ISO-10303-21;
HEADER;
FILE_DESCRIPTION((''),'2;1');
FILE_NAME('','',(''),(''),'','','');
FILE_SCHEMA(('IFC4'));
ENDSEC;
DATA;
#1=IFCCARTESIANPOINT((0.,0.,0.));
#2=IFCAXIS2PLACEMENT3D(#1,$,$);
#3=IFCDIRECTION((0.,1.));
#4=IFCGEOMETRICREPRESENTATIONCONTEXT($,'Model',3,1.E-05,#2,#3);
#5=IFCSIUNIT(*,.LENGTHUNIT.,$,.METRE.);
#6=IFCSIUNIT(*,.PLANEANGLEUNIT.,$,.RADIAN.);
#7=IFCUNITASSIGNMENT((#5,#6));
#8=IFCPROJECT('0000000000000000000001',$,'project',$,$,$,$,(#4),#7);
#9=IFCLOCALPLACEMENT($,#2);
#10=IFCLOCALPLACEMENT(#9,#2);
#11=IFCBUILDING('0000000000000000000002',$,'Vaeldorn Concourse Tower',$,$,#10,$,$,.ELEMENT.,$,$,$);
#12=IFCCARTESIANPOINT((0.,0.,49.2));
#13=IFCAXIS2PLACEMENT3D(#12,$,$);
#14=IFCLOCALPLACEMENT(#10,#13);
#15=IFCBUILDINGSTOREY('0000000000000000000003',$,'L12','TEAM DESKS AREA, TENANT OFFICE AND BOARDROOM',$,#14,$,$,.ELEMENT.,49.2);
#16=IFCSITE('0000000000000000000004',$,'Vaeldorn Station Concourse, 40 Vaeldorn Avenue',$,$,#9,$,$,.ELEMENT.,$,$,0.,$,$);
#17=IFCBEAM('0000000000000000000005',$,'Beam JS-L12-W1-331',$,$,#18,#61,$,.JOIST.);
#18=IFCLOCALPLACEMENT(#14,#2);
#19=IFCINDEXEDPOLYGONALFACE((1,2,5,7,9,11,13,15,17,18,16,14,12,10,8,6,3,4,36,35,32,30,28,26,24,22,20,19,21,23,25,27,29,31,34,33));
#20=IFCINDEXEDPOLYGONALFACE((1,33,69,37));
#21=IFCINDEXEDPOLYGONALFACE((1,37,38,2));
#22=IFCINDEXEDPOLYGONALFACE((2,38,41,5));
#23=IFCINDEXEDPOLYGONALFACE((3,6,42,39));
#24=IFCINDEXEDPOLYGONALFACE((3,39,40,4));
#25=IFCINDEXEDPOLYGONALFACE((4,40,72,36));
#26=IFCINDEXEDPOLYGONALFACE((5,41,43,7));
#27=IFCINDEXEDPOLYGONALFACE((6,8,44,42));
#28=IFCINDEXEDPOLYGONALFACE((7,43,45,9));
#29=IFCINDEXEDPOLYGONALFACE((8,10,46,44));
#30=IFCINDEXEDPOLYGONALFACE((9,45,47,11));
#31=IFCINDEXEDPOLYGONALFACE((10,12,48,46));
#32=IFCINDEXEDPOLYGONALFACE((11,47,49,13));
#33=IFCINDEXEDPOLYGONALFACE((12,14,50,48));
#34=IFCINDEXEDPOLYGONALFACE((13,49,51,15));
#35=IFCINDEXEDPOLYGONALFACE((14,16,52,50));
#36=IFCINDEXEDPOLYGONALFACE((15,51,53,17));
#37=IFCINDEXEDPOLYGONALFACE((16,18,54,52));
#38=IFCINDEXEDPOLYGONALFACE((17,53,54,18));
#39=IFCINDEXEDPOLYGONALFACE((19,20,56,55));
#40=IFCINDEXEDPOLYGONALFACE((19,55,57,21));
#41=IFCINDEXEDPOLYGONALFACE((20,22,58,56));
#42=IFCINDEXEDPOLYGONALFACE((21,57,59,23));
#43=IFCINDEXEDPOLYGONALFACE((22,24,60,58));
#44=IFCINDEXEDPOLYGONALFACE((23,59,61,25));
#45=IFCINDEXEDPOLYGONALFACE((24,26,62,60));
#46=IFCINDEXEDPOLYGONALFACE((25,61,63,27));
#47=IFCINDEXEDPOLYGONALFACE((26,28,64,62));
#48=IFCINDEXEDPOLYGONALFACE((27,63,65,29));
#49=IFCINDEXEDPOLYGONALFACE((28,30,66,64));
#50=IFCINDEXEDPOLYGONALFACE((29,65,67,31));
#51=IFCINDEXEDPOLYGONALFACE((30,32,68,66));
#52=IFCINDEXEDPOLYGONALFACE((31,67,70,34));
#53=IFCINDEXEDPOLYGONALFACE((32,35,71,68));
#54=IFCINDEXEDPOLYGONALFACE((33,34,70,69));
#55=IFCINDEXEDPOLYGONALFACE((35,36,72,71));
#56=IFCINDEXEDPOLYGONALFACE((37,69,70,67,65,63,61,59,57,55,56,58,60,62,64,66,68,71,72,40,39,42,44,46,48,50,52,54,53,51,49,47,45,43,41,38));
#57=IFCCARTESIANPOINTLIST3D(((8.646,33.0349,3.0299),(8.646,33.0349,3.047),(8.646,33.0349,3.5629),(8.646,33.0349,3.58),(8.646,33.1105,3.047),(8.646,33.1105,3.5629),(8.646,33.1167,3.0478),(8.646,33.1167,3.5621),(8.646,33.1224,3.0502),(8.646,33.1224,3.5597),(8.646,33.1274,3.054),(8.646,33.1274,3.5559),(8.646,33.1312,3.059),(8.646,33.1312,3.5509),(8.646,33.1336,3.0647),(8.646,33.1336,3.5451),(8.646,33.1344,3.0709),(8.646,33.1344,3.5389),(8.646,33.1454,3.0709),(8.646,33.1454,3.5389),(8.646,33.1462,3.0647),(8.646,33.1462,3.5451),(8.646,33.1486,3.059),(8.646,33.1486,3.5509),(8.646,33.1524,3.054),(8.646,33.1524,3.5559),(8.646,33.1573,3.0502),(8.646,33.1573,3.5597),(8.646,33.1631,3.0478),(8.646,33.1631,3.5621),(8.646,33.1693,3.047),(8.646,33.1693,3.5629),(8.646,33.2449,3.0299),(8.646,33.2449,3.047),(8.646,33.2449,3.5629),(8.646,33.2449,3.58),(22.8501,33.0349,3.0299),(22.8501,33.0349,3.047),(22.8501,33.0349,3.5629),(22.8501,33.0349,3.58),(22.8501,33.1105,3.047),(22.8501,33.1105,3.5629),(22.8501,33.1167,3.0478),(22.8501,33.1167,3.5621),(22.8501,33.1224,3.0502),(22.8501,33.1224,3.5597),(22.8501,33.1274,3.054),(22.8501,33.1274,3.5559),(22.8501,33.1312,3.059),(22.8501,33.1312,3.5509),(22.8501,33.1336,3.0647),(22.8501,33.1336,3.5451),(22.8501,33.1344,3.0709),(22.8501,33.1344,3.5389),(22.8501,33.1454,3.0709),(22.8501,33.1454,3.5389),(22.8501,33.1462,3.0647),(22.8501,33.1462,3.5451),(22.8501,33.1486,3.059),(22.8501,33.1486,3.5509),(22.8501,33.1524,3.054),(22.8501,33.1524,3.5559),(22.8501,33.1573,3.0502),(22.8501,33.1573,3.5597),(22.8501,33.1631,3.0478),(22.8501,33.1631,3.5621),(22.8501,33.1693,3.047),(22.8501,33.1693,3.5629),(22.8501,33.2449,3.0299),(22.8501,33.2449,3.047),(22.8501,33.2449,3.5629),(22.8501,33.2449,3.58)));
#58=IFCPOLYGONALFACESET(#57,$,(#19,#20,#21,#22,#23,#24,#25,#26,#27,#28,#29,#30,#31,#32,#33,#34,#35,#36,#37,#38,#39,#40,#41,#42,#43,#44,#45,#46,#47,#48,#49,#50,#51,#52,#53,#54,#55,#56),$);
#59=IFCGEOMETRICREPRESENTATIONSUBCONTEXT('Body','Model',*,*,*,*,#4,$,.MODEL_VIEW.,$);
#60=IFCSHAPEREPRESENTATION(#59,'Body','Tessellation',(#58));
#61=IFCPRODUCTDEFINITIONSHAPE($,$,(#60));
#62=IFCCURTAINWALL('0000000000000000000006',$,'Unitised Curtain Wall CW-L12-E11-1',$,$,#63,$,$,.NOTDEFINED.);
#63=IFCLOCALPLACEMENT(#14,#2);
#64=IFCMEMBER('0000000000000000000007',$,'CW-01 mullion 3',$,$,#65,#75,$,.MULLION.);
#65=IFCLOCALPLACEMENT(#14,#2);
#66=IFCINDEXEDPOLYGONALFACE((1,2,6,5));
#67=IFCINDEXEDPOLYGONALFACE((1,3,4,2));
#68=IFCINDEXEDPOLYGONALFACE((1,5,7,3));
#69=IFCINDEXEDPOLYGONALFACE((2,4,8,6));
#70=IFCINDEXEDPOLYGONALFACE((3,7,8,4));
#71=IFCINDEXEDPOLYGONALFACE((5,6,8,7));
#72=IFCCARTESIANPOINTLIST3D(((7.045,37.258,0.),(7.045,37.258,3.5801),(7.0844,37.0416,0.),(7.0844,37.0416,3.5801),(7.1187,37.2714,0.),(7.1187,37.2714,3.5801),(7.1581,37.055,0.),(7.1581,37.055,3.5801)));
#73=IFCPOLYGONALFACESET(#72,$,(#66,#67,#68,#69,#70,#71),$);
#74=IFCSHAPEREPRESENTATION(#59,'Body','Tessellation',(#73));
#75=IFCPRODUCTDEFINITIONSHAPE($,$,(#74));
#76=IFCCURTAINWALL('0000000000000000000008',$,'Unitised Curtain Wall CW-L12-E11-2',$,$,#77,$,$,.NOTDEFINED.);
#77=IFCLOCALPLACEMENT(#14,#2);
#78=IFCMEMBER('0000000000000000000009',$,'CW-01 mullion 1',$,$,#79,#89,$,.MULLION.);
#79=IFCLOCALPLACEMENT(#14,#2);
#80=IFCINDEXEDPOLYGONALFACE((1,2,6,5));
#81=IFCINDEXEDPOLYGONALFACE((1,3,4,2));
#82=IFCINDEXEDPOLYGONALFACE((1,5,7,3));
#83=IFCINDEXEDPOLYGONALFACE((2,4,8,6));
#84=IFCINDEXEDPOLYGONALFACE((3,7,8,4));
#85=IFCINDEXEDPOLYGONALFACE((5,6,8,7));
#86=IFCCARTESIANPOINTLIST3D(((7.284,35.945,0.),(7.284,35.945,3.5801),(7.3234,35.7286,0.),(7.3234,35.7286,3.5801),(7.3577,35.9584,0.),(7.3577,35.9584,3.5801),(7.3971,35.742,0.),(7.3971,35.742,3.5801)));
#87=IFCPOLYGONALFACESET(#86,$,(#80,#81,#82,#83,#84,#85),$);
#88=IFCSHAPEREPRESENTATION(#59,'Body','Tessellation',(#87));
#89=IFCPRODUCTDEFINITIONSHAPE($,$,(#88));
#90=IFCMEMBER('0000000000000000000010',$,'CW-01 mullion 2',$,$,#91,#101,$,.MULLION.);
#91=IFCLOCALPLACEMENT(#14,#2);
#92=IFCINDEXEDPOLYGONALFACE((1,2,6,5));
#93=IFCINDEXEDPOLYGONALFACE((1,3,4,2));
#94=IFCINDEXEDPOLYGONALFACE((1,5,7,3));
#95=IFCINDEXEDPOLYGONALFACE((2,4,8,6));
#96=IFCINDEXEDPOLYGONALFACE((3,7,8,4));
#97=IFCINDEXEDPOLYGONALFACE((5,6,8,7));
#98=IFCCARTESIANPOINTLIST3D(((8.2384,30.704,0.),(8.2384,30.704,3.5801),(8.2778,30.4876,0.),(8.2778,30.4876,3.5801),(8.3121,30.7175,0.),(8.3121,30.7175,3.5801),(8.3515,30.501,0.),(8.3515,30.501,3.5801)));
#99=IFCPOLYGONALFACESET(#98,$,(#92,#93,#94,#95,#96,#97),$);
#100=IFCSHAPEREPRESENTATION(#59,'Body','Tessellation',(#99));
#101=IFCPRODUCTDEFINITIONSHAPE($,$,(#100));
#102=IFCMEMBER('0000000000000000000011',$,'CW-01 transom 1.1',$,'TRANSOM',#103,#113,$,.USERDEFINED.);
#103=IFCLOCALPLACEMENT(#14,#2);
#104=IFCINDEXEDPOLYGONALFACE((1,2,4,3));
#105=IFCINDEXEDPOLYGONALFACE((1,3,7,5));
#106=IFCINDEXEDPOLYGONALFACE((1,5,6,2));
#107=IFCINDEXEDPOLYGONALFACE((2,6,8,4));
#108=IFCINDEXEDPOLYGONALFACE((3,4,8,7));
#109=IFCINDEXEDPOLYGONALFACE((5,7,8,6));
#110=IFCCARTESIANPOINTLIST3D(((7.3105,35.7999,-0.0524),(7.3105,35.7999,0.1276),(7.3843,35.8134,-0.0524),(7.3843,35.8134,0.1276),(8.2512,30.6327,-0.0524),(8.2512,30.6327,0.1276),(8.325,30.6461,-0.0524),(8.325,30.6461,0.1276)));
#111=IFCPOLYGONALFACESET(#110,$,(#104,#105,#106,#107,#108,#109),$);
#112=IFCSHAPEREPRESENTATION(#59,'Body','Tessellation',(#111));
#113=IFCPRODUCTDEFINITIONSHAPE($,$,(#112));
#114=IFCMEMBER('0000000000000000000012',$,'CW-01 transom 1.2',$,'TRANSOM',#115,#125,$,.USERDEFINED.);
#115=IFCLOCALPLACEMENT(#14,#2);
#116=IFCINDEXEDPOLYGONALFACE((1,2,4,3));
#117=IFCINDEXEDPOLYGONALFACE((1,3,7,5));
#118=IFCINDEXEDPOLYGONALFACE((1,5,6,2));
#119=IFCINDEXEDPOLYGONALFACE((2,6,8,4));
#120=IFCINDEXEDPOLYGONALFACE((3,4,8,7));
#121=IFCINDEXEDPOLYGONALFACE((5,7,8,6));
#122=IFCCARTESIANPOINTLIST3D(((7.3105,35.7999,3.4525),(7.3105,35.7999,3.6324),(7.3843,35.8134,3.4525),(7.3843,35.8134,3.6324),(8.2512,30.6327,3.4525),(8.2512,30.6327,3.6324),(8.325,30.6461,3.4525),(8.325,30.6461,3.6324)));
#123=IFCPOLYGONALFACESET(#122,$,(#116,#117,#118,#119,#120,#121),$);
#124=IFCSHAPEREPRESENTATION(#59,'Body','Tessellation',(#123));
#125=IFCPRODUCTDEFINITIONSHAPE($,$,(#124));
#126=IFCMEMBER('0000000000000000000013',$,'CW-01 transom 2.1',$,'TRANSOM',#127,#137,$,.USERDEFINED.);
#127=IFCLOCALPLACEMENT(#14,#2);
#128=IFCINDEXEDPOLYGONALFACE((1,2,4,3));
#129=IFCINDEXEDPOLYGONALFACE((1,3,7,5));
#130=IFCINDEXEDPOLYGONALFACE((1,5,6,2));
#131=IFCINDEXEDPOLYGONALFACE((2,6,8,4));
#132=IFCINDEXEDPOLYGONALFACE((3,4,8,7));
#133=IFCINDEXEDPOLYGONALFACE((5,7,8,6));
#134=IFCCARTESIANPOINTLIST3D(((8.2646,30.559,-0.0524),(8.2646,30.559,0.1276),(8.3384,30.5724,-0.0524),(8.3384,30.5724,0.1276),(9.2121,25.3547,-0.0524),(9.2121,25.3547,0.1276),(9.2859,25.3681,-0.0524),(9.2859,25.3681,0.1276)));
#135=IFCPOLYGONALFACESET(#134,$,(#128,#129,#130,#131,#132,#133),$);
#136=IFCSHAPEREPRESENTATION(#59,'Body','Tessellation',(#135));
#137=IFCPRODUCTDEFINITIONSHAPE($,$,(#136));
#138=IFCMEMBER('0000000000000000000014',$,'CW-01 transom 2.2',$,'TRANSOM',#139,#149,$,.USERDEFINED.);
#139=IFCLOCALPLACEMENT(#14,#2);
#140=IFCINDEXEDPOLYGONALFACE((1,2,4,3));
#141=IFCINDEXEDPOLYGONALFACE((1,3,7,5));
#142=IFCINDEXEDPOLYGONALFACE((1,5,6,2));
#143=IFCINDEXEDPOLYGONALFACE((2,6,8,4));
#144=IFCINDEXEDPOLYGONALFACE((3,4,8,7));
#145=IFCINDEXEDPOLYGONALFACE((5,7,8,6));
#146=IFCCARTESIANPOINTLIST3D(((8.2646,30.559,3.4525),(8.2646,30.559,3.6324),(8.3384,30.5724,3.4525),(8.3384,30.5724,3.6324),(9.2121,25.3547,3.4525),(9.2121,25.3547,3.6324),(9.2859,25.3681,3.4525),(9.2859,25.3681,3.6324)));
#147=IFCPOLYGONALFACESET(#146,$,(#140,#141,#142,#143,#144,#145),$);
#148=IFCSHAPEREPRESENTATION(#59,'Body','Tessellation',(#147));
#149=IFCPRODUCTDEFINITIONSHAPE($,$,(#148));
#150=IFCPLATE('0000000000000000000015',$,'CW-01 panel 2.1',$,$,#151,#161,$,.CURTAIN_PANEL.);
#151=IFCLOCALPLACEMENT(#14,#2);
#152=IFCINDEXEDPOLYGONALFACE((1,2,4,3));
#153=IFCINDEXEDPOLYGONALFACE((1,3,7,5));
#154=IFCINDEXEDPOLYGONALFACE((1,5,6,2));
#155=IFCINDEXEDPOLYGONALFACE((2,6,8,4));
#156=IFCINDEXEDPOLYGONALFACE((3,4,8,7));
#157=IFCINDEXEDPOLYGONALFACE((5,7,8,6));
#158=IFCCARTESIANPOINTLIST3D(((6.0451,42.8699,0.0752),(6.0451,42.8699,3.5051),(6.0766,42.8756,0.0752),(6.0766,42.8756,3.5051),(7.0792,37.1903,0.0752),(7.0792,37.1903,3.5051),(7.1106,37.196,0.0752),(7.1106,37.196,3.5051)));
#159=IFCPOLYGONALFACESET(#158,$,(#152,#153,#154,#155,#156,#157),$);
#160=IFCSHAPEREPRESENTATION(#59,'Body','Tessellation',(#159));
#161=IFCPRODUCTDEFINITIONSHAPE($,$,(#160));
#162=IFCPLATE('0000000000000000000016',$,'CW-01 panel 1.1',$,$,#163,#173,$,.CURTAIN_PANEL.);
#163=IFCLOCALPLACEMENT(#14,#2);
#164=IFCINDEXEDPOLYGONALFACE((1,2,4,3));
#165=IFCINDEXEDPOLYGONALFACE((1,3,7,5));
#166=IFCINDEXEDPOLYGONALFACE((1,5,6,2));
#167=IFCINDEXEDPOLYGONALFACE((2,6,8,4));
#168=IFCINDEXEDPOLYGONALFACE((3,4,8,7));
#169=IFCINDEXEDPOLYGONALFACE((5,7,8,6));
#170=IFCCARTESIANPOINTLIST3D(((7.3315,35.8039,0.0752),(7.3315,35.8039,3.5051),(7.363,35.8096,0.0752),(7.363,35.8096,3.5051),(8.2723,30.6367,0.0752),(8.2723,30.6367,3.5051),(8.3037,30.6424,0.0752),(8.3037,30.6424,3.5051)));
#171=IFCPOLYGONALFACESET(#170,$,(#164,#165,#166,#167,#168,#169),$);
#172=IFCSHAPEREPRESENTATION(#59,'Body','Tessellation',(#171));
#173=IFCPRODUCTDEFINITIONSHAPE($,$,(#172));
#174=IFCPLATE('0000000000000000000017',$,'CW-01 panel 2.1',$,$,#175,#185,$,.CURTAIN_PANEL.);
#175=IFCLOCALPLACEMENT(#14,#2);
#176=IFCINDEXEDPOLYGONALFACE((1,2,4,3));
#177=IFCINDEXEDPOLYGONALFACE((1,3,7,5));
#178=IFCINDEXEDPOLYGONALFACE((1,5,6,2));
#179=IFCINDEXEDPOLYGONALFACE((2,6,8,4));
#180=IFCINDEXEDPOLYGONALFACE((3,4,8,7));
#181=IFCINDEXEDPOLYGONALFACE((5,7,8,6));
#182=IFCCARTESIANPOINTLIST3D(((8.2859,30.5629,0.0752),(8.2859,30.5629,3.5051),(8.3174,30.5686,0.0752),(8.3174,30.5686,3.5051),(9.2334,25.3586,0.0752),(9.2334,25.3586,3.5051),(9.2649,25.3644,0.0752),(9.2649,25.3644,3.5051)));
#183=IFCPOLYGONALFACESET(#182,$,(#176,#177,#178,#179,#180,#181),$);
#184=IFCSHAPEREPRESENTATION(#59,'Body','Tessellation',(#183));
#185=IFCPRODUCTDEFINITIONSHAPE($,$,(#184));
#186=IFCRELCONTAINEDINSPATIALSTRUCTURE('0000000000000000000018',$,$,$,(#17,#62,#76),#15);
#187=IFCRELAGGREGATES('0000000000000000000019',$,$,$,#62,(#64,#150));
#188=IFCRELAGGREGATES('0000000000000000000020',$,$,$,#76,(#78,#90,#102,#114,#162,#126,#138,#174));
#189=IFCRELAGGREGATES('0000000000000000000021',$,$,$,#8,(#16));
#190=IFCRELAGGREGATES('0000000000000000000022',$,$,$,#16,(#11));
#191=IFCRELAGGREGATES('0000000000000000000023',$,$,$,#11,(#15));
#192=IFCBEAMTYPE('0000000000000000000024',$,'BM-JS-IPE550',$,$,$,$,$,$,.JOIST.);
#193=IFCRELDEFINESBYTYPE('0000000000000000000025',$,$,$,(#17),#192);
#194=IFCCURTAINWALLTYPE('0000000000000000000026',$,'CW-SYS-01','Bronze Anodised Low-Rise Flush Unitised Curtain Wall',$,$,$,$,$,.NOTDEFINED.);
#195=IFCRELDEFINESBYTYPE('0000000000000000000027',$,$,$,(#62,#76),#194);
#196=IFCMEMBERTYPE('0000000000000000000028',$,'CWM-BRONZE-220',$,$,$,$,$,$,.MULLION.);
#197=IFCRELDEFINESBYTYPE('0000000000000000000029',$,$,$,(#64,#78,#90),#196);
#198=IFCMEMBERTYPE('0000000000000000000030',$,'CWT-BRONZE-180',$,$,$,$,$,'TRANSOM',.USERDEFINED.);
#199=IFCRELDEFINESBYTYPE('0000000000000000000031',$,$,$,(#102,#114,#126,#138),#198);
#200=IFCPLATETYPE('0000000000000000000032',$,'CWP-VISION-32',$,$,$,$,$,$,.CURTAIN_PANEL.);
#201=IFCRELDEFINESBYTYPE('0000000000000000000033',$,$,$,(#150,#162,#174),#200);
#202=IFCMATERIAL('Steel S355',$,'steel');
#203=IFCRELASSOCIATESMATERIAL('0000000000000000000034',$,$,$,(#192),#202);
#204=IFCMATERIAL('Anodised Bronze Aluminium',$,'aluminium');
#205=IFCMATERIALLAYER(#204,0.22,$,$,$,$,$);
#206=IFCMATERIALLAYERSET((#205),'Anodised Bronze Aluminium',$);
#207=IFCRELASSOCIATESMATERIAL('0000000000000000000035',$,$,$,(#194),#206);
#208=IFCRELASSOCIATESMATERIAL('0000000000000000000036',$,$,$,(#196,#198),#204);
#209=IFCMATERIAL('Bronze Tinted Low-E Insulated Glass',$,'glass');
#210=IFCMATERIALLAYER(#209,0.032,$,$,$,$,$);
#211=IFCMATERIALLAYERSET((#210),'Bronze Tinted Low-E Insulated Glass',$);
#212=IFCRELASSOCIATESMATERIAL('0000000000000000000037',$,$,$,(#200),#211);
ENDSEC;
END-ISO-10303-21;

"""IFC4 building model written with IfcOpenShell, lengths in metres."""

from ifc_helpers import new_model, si_unit, direction, frame, origin, origin_2d, place, context, subcontext, project, spatial, rectangle, i_section, extrude, source, transform, mapped, material, layer, layer_set, material_profile, profile_set, type_object, element, aggregate, save


model = new_model("IFC4")

# Units and contexts
model_context = context("Model", 3, precision=1e-05, world=origin(), true_north=direction((0.0, 1.0)))
body_context = subcontext(model_context, "Body", "Model", "MODEL_VIEW")
ifc_project = project(units=[si_unit("LENGTHUNIT", "METRE"), si_unit("PLANEANGLEUNIT", "RADIAN")], contexts=[model_context])

# Site, building, storey
site_placement = place(None, origin())
site = spatial("IfcSite", under=ifc_project, at=site_placement, Name="Vaeldorn Station Concourse, 40 Vaeldorn Avenue", CompositionType="ELEMENT", RefElevation=0.0)
building_placement = place(site_placement, origin())
building = spatial("IfcBuilding", under=site, at=building_placement, Name="Vaeldorn Concourse Tower", CompositionType="ELEMENT")
storey_placement = place(building_placement, frame((0.0, 0.0, 49.2)))
storey = spatial("IfcBuildingStorey", under=building, at=storey_placement, Name="L12", Description="TEAM DESKS AREA, TENANT OFFICE AND BOARDROOM", CompositionType="ELEMENT", Elevation=49.2)

# Beam
ifc_material_1 = material(Name="Steel S355", Category="steel")
ifc_material_profile_1 = material_profile(ifc_material_1, i_section(OverallWidth=0.21, OverallDepth=0.55, WebThickness=0.011, FlangeThickness=0.0171, FilletRadius=0.0239, at=origin_2d()), Name="IPE 550")
ifc_profile_set_1 = profile_set([ifc_material_profile_1], Name="Steel S355")
beam_type_1 = type_object("IfcBeamType", Name="BM-JS-IPE550", PredefinedType="JOIST", material=ifc_profile_set_1)
shared_shape_1 = source(origin(), body_context, "Body", "SweptSolid", [
    extrude(i_section(OverallWidth=0.21, OverallDepth=0.55, WebThickness=0.011, FlangeThickness=0.0171, FilletRadius=0.0239, at=origin_2d()), origin(), (0.0, 0.0, 1.0), 14.2041),
])
beam_1_placement = place(storey_placement, frame((8.646, 33.1399, 3.3049), z_axis=(1.0, 0.0, 0.0), x_axis=(0.0, 1.0, 0.0)))
element("IfcBeam", 1, at=beam_1_placement, inside=storey, type_object=beam_type_1, Name="Beam JS-L12-W1-331", PredefinedType="JOIST", context=body_context, shape_type="MappedRepresentation", body=[
    mapped(shared_shape_1, transform((0.0, 0.0, 0.0), scale=1.0)),
])

# Curtain wall, member
ifc_material_2 = material(Name="Anodised Bronze Aluminium", Category="aluminium")
ifc_layer_1 = layer(ifc_material_2, 0.22)
ifc_layer_set_1 = layer_set([ifc_layer_1], Name="Anodised Bronze Aluminium")
curtain_wall_type = type_object("IfcCurtainWallType", Name="CW-SYS-01", Description="Bronze Anodised Low-Rise Flush Unitised Curtain Wall", PredefinedType="NOTDEFINED", material=ifc_layer_set_1)
curtain_wall_1_placement = place(storey_placement, origin())
curtain_wall_1 = element("IfcCurtainWall", 2, at=curtain_wall_1_placement, inside=storey, type_object=curtain_wall_type, Name="Unitised Curtain Wall CW-L12-E11-1", PredefinedType="NOTDEFINED")
ifc_material_profile_2 = material_profile(ifc_material_2, rectangle(XDim=0.075, YDim=0.22, at=origin_2d()), Name="CWM 75x220")
ifc_profile_set_2 = profile_set([ifc_material_profile_2], Name="Anodised Bronze Aluminium")
member_type_1 = type_object("IfcMemberType", Name="CWM-BRONZE-220", PredefinedType="MULLION", material=ifc_profile_set_2)
shared_shape_2 = source(origin(), body_context, "Body", "SweptSolid", [
    extrude(rectangle(XDim=0.075, YDim=0.22, at=origin_2d()), origin(), (0.0, 0.0, 1.0), 3.5801),
])
member_1_placement = place(storey_placement, frame((7.1016, 37.1565, 0.0), z_axis=(0.0, 0.0, 1.0), x_axis=(0.983827, 0.17912, 0.0)))
member_1 = element("IfcMember", 3, at=member_1_placement, type_object=member_type_1, Name="CW-01 mullion 3", PredefinedType="MULLION", context=body_context, shape_type="MappedRepresentation", body=[
    mapped(shared_shape_2, transform((0.0, 0.0, 0.0), scale=1.0)),
])

# Curtain wall, members
curtain_wall_2_placement = place(storey_placement, origin())
curtain_wall_2 = element("IfcCurtainWall", 4, at=curtain_wall_2_placement, inside=storey, type_object=curtain_wall_type, Name="Unitised Curtain Wall CW-L12-E11-2", PredefinedType="NOTDEFINED")
member_2_placement = place(storey_placement, frame((7.3406, 35.8435, 0.0), z_axis=(0.0, 0.0, 1.0), x_axis=(0.983828, 0.179117, 0.0)))
member_2 = element("IfcMember", 5, at=member_2_placement, type_object=member_type_1, Name="CW-01 mullion 1", PredefinedType="MULLION", context=body_context, shape_type="MappedRepresentation", body=[
    mapped(shared_shape_2, transform((0.0, 0.0, 0.0), scale=1.0)),
])
member_3_placement = place(storey_placement, frame((8.2949, 30.6025, 0.0), z_axis=(0.0, 0.0, 1.0), x_axis=(0.983828, 0.179117, 0.0)))
member_3 = element("IfcMember", 6, at=member_3_placement, type_object=member_type_1, Name="CW-01 mullion 2", PredefinedType="MULLION", context=body_context, shape_type="MappedRepresentation", body=[
    mapped(shared_shape_2, transform((0.0, 0.0, 0.0), scale=1.0)),
])
ifc_material_profile_3 = material_profile(ifc_material_2, rectangle(XDim=0.075, YDim=0.1799, at=origin_2d()), Name="CWT 75x180")
ifc_profile_set_3 = profile_set([ifc_material_profile_3], Name="Anodised Bronze Aluminium")
member_type_2 = type_object("IfcMemberType", Name="CWT-BRONZE-180", ElementType="TRANSOM", PredefinedType="USERDEFINED", material=ifc_profile_set_3)
shared_shape_3 = source(origin(), body_context, "Body", "SweptSolid", [
    extrude(rectangle(XDim=0.075, YDim=0.1799, at=origin_2d()), origin(), (0.0, 0.0, 1.0), 5.2522),
])
member_4_placement = place(storey_placement, frame((7.3474, 35.8066, 0.0376), z_axis=(0.179102, -0.98383, 0.0), x_axis=(0.98383, 0.179102, 0.0)))
member_4 = element("IfcMember", 7, at=member_4_placement, type_object=member_type_2, Name="CW-01 transom 1.1", ObjectType="TRANSOM", PredefinedType="USERDEFINED", context=body_context, shape_type="MappedRepresentation", body=[
    mapped(shared_shape_3, transform((0.0, 0.0, 0.0), scale=1.0)),
])
member_5_placement = place(storey_placement, frame((7.3474, 35.8066, 3.5425), z_axis=(0.179102, -0.98383, 0.0), x_axis=(0.98383, 0.179102, 0.0)))
member_5 = element("IfcMember", 8, at=member_5_placement, type_object=member_type_2, Name="CW-01 transom 1.2", ObjectType="TRANSOM", PredefinedType="USERDEFINED", context=body_context, shape_type="MappedRepresentation", body=[
    mapped(shared_shape_3, transform((0.0, 0.0, 0.0), scale=1.0)),
])
shared_shape_4 = source(origin(), body_context, "Body", "SweptSolid", [
    extrude(rectangle(XDim=0.075, YDim=0.1799, at=origin_2d()), origin(), (0.0, 0.0, 1.0), 5.2898),
])
member_6_placement = place(storey_placement, frame((8.3015, 30.5657, 0.0376), z_axis=(0.179117, -0.983828, 0.0), x_axis=(0.983828, 0.179117, 0.0)))
member_6 = element("IfcMember", 9, at=member_6_placement, type_object=member_type_2, Name="CW-01 transom 2.1", ObjectType="TRANSOM", PredefinedType="USERDEFINED", context=body_context, shape_type="MappedRepresentation", body=[
    mapped(shared_shape_4, transform((0.0, 0.0, 0.0), scale=1.0)),
])
member_7_placement = place(storey_placement, frame((8.3015, 30.5657, 3.5425), z_axis=(0.179117, -0.983828, 0.0), x_axis=(0.983828, 0.179117, 0.0)))
member_7 = element("IfcMember", 10, at=member_7_placement, type_object=member_type_2, Name="CW-01 transom 2.2", ObjectType="TRANSOM", PredefinedType="USERDEFINED", context=body_context, shape_type="MappedRepresentation", body=[
    mapped(shared_shape_4, transform((0.0, 0.0, 0.0), scale=1.0)),
])

# Plates
ifc_material_3 = material(Name="Bronze Tinted Low-E Insulated Glass", Category="glass")
ifc_layer_2 = layer(ifc_material_3, 0.032)
ifc_layer_set_2 = layer_set([ifc_layer_2], Name="Bronze Tinted Low-E Insulated Glass")
plate_type = type_object("IfcPlateType", Name="CWP-VISION-32", PredefinedType="CURTAIN_PANEL", material=ifc_layer_set_2)
shared_shape_5 = source(origin(), body_context, "Body", "SweptSolid", [
    extrude(rectangle(XDim=5.7729, YDim=0.032, at=origin_2d()), origin(), (0.0, 0.0, 1.0), 3.4299),
])
plate_1_placement = place(storey_placement, frame((6.5779, 40.033, 0.0752), z_axis=(0.0, 0.0, 1.0), x_axis=(0.17912, -0.983827, 0.0)))
plate_1 = element("IfcPlate", 11, at=plate_1_placement, type_object=plate_type, Name="CW-01 panel 2.1", PredefinedType="CURTAIN_PANEL", context=body_context, shape_type="MappedRepresentation", body=[
    mapped(shared_shape_5, transform((0.0, 0.0, 0.0), scale=1.0)),
])
aggregate(curtain_wall_1, [member_1, plate_1])
shared_shape_6 = source(origin(), body_context, "Body", "SweptSolid", [
    extrude(rectangle(XDim=5.2522, YDim=0.032, at=origin_2d()), origin(), (0.0, 0.0, 1.0), 3.4299),
])
plate_2_placement = place(storey_placement, frame((7.8176, 33.2231, 0.0752), z_axis=(0.0, 0.0, 1.0), x_axis=(0.179117, -0.983828, 0.0)))
plate_2 = element("IfcPlate", 12, at=plate_2_placement, type_object=plate_type, Name="CW-01 panel 1.1", PredefinedType="CURTAIN_PANEL", context=body_context, shape_type="MappedRepresentation", body=[
    mapped(shared_shape_6, transform((0.0, 0.0, 0.0), scale=1.0)),
])
shared_shape_7 = source(origin(), body_context, "Body", "SweptSolid", [
    extrude(rectangle(XDim=5.2898, YDim=0.032, at=origin_2d()), origin(), (0.0, 0.0, 1.0), 3.4299),
])
plate_3_placement = place(storey_placement, frame((8.7754, 27.9636, 0.0752), z_axis=(0.0, 0.0, 1.0), x_axis=(0.179117, -0.983828, 0.0)))
plate_3 = element("IfcPlate", 13, at=plate_3_placement, type_object=plate_type, Name="CW-01 panel 2.1", PredefinedType="CURTAIN_PANEL", context=body_context, shape_type="MappedRepresentation", body=[
    mapped(shared_shape_7, transform((0.0, 0.0, 0.0), scale=1.0)),
])
aggregate(curtain_wall_2, [member_2, member_3, member_4, member_5, plate_2, member_6, member_7, plate_3])

save(model, "model.ifc")
